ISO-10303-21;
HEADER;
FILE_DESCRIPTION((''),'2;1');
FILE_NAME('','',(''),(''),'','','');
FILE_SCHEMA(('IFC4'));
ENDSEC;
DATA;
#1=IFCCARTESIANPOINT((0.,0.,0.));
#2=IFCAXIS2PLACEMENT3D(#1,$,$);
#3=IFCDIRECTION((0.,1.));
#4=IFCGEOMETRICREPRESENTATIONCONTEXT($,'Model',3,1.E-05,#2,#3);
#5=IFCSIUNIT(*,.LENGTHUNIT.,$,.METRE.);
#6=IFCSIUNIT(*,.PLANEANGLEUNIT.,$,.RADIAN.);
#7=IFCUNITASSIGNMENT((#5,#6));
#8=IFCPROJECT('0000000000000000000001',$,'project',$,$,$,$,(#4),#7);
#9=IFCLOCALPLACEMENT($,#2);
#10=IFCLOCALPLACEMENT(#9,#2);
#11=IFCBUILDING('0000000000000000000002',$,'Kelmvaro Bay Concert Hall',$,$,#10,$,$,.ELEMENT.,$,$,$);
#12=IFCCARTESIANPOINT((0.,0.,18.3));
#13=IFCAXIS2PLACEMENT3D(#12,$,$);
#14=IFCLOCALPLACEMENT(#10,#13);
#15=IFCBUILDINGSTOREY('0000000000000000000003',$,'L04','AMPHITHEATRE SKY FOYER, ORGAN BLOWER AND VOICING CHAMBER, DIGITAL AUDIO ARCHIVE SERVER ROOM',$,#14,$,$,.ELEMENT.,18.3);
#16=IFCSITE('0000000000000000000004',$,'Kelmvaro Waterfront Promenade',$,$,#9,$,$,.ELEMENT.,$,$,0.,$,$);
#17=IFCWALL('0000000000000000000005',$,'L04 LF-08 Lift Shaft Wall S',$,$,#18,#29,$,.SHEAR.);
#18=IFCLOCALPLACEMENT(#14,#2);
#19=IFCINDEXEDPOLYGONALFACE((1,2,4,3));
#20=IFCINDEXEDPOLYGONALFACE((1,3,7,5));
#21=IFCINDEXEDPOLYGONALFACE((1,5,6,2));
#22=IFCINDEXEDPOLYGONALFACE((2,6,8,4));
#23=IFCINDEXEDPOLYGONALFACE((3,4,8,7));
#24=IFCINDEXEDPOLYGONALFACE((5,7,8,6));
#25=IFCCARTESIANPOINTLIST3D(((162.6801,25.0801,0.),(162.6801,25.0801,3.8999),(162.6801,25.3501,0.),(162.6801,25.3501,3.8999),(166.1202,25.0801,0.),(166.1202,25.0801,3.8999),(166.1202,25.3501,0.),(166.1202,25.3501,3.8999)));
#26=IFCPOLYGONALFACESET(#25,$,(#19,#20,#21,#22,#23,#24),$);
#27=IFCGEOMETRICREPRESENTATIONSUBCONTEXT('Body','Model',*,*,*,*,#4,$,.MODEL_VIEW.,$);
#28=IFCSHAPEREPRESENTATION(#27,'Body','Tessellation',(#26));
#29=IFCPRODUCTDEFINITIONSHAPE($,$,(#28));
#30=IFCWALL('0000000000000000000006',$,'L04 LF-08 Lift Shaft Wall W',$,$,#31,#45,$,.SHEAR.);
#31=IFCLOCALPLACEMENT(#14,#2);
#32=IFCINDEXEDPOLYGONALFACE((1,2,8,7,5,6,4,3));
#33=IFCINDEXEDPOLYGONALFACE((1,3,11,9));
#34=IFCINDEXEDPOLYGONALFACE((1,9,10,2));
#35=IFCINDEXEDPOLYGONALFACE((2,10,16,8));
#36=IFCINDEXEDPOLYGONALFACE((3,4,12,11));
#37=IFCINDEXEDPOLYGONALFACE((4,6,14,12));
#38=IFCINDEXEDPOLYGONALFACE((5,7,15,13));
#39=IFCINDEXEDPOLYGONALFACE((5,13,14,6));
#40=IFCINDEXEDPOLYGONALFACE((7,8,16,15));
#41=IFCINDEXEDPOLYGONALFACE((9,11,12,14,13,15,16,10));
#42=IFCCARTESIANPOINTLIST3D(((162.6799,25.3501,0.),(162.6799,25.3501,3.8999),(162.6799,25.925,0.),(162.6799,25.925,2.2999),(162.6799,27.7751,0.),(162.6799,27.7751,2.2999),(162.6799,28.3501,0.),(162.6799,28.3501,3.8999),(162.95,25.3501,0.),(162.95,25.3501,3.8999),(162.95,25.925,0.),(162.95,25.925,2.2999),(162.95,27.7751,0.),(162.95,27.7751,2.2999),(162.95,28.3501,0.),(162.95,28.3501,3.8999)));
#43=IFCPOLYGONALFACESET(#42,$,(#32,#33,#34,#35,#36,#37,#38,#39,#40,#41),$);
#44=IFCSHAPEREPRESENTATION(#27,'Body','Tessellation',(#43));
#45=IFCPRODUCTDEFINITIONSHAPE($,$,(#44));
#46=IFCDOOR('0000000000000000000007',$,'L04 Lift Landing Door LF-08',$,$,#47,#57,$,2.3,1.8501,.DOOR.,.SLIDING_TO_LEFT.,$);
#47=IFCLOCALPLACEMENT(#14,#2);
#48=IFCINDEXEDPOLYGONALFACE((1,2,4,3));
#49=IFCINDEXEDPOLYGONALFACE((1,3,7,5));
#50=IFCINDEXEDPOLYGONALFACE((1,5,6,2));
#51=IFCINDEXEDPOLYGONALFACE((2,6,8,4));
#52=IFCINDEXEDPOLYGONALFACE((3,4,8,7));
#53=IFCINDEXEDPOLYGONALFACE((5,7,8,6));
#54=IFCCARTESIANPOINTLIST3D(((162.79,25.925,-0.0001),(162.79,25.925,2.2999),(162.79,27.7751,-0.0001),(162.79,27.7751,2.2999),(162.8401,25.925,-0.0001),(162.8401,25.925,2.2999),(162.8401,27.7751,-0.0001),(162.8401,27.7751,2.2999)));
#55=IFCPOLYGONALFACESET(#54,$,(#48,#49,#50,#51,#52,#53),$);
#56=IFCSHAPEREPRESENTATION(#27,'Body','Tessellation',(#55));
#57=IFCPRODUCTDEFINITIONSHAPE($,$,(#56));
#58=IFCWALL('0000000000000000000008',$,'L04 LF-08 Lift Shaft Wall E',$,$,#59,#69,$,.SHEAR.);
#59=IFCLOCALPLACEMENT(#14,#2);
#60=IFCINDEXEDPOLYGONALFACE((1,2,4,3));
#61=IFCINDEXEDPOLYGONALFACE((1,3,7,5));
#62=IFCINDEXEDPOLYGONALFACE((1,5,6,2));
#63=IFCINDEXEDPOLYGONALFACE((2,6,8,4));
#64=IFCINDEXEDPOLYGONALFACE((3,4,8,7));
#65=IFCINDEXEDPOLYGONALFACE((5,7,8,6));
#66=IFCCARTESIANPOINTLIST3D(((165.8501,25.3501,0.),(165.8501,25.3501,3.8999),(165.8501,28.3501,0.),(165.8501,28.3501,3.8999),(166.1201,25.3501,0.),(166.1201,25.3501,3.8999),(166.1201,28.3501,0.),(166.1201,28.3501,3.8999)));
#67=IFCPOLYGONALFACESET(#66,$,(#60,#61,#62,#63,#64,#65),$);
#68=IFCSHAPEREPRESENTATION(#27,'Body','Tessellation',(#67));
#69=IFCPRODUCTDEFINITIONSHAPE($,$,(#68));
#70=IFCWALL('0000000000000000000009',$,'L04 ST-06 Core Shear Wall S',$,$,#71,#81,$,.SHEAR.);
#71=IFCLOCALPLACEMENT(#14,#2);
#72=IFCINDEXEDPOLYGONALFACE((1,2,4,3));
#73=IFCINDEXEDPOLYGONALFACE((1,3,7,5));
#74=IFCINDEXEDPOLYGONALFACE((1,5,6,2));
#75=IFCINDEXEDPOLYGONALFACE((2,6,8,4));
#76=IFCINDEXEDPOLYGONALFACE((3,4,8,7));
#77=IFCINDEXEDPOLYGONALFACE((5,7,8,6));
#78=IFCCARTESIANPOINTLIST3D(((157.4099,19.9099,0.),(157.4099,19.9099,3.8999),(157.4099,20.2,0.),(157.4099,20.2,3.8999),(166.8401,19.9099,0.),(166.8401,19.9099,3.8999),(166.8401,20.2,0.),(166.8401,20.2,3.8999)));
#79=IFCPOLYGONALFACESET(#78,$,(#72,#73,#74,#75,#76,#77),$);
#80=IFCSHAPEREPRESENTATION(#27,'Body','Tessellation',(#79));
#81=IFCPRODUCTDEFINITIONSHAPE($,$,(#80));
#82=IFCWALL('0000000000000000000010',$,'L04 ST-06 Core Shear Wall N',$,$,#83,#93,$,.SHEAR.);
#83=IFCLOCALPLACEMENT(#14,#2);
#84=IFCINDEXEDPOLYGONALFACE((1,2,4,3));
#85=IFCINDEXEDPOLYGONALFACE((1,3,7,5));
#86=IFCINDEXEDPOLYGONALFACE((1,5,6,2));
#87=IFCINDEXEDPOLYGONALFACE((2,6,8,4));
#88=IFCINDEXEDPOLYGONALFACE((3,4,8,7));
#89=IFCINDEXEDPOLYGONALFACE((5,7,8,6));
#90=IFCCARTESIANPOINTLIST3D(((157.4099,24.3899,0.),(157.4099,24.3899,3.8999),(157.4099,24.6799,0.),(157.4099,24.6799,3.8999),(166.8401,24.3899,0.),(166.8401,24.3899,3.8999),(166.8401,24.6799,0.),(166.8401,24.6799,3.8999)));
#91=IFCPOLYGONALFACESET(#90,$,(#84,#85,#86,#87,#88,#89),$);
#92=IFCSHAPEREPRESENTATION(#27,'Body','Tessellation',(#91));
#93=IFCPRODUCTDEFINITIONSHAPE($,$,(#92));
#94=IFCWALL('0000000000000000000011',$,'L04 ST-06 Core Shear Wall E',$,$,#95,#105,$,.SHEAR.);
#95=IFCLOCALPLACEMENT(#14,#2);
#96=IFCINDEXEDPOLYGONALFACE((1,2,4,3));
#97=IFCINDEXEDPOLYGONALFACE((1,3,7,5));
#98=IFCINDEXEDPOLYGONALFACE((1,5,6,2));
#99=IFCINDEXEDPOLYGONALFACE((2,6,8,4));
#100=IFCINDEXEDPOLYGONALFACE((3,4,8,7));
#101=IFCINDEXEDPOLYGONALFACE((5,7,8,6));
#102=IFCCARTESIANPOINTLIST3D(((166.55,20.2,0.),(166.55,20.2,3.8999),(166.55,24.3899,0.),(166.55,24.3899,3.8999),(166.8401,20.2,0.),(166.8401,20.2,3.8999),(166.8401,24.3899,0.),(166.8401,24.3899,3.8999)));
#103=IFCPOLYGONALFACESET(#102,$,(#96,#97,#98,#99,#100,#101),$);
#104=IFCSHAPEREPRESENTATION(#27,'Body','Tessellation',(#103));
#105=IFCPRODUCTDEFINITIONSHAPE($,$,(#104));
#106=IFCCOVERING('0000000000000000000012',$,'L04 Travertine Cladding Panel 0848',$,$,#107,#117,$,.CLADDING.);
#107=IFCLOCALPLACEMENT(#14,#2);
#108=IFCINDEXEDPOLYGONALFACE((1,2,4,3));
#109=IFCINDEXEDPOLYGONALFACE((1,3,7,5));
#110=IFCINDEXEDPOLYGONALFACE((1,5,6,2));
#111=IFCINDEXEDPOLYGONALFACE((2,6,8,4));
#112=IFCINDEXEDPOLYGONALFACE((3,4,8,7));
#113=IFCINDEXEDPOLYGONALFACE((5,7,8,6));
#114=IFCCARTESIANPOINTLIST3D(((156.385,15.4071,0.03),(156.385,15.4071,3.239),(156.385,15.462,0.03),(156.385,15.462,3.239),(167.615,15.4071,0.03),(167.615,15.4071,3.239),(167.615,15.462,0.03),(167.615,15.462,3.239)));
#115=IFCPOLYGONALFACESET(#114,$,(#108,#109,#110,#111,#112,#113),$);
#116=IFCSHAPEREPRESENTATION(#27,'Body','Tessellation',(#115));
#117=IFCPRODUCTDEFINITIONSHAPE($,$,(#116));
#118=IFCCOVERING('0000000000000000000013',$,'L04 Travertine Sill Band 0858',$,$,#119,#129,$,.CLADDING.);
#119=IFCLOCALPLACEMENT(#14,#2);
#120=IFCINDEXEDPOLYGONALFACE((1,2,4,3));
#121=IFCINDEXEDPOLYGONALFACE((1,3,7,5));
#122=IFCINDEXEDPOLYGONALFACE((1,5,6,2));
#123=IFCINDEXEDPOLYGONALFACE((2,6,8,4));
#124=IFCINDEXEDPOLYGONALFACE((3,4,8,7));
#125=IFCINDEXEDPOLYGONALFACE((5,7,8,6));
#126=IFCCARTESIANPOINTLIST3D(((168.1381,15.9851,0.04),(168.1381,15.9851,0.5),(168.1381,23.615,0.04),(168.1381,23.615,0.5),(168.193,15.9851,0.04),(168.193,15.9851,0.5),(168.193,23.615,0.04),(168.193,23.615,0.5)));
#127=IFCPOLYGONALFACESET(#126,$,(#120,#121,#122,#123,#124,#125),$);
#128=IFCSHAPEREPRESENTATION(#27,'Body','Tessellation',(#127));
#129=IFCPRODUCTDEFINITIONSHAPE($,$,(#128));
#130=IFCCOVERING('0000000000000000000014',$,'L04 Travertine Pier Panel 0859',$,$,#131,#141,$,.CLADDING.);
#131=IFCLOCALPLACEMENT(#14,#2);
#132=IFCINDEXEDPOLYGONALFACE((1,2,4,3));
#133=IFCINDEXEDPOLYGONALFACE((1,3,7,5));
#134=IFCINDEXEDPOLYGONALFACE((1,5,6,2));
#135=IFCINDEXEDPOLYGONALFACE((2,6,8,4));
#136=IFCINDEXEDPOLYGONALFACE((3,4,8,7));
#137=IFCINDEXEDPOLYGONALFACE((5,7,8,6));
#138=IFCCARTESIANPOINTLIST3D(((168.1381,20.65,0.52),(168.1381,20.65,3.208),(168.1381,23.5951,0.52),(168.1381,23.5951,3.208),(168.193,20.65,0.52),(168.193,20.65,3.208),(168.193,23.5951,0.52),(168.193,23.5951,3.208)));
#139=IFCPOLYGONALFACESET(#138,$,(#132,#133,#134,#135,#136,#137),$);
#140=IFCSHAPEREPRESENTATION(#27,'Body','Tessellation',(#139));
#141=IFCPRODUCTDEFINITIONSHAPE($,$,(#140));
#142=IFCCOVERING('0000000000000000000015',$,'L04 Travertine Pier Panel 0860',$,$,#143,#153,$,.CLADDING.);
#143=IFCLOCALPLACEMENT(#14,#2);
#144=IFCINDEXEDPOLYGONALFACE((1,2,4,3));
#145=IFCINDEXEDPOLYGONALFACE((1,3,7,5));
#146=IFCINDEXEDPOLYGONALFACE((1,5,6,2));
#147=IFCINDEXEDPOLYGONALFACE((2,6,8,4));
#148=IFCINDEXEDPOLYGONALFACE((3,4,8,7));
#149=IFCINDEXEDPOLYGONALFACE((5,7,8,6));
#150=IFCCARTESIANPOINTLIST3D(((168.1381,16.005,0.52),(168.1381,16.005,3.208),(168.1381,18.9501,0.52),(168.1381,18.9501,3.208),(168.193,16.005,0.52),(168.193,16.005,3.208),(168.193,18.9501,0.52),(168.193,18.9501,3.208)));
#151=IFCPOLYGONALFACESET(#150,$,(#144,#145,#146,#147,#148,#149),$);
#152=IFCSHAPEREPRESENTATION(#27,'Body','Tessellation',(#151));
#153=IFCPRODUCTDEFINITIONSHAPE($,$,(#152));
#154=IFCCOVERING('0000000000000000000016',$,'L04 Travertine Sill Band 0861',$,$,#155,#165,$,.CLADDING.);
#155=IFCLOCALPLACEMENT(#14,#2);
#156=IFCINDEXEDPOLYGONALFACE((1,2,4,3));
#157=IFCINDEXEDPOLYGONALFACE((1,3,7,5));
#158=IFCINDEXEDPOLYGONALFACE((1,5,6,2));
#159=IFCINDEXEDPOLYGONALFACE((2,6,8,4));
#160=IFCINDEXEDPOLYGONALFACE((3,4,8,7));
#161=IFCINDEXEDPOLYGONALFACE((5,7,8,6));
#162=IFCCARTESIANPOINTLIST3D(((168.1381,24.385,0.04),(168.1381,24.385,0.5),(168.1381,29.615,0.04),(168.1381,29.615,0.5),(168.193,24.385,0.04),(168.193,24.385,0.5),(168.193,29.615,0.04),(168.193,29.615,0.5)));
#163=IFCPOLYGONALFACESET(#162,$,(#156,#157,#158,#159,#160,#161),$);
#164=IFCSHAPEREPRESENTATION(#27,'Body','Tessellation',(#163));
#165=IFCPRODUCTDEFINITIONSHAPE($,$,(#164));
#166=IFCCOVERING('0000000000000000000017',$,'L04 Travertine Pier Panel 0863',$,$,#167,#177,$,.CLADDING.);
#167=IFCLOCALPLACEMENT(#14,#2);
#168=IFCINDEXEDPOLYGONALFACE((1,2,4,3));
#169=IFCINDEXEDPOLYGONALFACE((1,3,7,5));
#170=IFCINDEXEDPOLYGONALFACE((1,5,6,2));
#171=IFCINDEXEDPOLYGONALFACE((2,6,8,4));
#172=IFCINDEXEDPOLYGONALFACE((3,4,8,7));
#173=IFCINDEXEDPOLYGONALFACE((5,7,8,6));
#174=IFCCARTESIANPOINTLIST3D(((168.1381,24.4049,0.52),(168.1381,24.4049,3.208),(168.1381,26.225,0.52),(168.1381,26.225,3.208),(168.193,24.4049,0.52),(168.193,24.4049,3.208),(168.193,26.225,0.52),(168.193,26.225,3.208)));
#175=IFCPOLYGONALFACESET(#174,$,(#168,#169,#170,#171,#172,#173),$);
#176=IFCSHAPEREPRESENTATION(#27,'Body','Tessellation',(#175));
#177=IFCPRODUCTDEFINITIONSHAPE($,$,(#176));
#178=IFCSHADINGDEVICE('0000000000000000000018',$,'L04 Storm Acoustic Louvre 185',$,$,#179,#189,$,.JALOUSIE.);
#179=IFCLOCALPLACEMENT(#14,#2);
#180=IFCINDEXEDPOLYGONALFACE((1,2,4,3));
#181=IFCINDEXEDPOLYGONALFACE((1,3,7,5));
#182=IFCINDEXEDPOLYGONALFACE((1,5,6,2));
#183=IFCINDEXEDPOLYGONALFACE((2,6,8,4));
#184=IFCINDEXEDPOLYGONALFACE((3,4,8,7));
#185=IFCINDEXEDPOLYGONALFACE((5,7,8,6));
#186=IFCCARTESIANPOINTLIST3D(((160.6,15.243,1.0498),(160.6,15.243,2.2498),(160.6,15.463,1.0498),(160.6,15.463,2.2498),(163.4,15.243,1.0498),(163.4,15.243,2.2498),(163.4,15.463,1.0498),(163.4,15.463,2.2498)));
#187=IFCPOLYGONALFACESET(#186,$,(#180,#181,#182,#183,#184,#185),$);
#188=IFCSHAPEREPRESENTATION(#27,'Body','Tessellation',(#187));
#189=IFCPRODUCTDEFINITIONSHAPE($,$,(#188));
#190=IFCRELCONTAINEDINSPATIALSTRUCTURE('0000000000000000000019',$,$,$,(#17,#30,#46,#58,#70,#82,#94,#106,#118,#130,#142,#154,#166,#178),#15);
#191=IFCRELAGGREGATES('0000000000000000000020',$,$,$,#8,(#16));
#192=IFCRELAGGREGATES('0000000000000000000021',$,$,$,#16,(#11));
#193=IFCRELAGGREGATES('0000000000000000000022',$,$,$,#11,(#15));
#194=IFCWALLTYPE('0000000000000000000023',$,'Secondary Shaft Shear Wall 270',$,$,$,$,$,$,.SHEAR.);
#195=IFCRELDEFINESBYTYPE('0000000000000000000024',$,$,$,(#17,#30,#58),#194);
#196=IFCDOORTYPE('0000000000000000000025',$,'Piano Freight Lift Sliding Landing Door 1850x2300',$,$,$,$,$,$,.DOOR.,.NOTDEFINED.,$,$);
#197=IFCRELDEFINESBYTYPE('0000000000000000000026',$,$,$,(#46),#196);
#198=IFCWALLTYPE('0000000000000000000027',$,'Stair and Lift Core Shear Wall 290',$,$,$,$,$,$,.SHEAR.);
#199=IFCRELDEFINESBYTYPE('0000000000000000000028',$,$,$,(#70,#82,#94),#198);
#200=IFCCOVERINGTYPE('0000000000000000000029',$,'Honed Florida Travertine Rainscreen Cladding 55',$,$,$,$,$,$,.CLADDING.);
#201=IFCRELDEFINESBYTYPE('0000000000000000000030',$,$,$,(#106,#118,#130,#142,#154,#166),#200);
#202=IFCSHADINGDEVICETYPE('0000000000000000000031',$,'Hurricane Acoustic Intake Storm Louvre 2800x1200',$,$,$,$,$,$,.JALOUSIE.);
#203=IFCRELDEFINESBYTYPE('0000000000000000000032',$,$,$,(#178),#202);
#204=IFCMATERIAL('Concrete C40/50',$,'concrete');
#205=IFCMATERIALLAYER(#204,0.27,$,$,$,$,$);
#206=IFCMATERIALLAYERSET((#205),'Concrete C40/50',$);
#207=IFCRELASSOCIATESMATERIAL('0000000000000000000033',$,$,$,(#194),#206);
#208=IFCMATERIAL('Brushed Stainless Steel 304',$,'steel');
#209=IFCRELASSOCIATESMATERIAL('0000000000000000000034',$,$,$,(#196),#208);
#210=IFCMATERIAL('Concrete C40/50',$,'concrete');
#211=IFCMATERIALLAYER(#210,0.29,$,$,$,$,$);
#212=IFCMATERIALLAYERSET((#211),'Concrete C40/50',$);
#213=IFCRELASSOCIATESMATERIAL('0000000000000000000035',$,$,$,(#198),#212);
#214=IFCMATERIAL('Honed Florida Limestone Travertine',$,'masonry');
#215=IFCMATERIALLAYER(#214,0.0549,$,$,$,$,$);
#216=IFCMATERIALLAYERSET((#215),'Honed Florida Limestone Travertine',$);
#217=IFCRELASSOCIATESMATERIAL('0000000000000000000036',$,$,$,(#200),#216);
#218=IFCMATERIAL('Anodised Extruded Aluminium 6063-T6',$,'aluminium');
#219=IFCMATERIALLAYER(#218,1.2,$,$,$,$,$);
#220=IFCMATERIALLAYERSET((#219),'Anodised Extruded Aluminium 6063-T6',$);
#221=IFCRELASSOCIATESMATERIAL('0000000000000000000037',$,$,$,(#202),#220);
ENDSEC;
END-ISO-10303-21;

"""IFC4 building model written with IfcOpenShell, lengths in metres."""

from ifc_helpers import new_model, si_unit, direction, frame, frame_2d, origin, origin_2d, place, context, subcontext, project, spatial, rectangle, extrude, material, layer, layer_set, type_object, element, fill, save


model = new_model("IFC4")

# Units and contexts
model_context = context("Model", 3, precision=1e-05, world=origin(), true_north=direction((0.0, 1.0)))
body_context = subcontext(model_context, "Body", "Model", "MODEL_VIEW")
ifc_project = project(units=[si_unit("LENGTHUNIT", "METRE"), si_unit("PLANEANGLEUNIT", "RADIAN")], contexts=[model_context])

# Site, building, storey
site_placement = place(None, origin())
site = spatial("IfcSite", under=ifc_project, at=site_placement, Name="Kelmvaro Waterfront Promenade", CompositionType="ELEMENT", RefElevation=0.0)
building_placement = place(site_placement, origin())
building = spatial("IfcBuilding", under=site, at=building_placement, Name="Kelmvaro Bay Concert Hall", CompositionType="ELEMENT")
storey_placement = place(building_placement, frame((0.0, 0.0, 18.3)))
storey = spatial("IfcBuildingStorey", under=building, at=storey_placement, Name="L04", Description="AMPHITHEATRE SKY FOYER, ORGAN BLOWER AND VOICING CHAMBER, DIGITAL AUDIO ARCHIVE SERVER ROOM", CompositionType="ELEMENT", Elevation=18.3)

# Wall
ifc_material_1 = material(Name="Concrete C40/50", Category="concrete")
ifc_layer_1 = layer(ifc_material_1, 0.27)
ifc_layer_set_1 = layer_set([ifc_layer_1], Name="Concrete C40/50")
wall_type_1 = type_object("IfcWallType", Name="Secondary Shaft Shear Wall 270", PredefinedType="SHEAR", material=ifc_layer_set_1)
wall_1_placement = place(storey_placement, frame((162.6799, 25.2151, 0.0), z_axis=(0.0, 0.0, 1.0), x_axis=(1.0, 0.0, 0.0)))
element("IfcWall", 1, at=wall_1_placement, inside=storey, type_object=wall_type_1, Name="L04 LF-08 Lift Shaft Wall S", PredefinedType="SHEAR", context=body_context, shape_type="SweptSolid", body=[
    extrude(rectangle(XDim=3.4402, YDim=0.27, at=frame_2d((1.7202, 0.0))), origin(), (0.0, 0.0, 1.0), 3.8999),
])

# Wall, opening, door
wall_2_placement = place(storey_placement, frame((162.8149, 25.3501, 0.0), z_axis=(0.0, 0.0, 1.0), x_axis=(0.0, 1.0, 0.0)))
wall_2 = element("IfcWall", 2, at=wall_2_placement, inside=storey, type_object=wall_type_1, Name="L04 LF-08 Lift Shaft Wall W", PredefinedType="SHEAR", context=body_context, shape_type="SweptSolid", body=[
    extrude(rectangle(XDim=3.0, YDim=0.27, at=frame_2d((1.5, 0.0))), origin(), (0.0, 0.0, 1.0), 3.8999),
])
opening_1_placement = place(wall_2_placement, frame((0.575, 0.0, 0.0)))
opening_1 = element("IfcOpeningElement", 3, at=opening_1_placement, cuts=wall_2, PredefinedType="OPENING", context=body_context, shape_type="SweptSolid", body=[
    extrude(rectangle(XDim=1.8501, YDim=2.3, at=frame_2d((0.925, 1.1499))), frame((0.0, 0.145, 0.0), z_axis=(0.0, -1.0, 0.0), x_axis=(1.0, 0.0, 0.0)), (0.0, 0.0, 1.0), 0.29),
])
ifc_material_2 = material(Name="Brushed Stainless Steel 304", Category="steel")
door_type_1 = type_object("IfcDoorType", Name="Piano Freight Lift Sliding Landing Door 1850x2300", OperationType="NOTDEFINED", PredefinedType="DOOR", material=ifc_material_2)
door_1_placement = place(opening_1_placement, origin())
door_1 = element("IfcDoor", 4, at=door_1_placement, inside=storey, type_object=door_type_1, Name="L04 Lift Landing Door LF-08", OperationType="SLIDING_TO_LEFT", OverallHeight=2.3, OverallWidth=1.8501, PredefinedType="DOOR", context=body_context, shape_type="SweptSolid", body=[
    extrude(rectangle(XDim=1.8501, YDim=2.3, at=frame_2d((0.925, 1.1499))), frame((0.0, 0.0249, 0.0), z_axis=(0.0, -1.0, 0.0), x_axis=(1.0, 0.0, 0.0)), (0.0, 0.0, 1.0), 0.05),
])
fill(opening_1, door_1)

# Walls
wall_3_placement = place(storey_placement, frame((165.9851, 25.3501, 0.0), z_axis=(0.0, 0.0, 1.0), x_axis=(0.0, 1.0, 0.0)))
element("IfcWall", 5, at=wall_3_placement, inside=storey, type_object=wall_type_1, Name="L04 LF-08 Lift Shaft Wall E", PredefinedType="SHEAR", context=body_context, shape_type="SweptSolid", body=[
    extrude(rectangle(XDim=3.0, YDim=0.27, at=frame_2d((1.5, 0.0))), origin(), (0.0, 0.0, 1.0), 3.8999),
])
ifc_material_3 = material(Name="Concrete C40/50", Category="concrete")
ifc_layer_2 = layer(ifc_material_3, 0.29)
ifc_layer_set_2 = layer_set([ifc_layer_2], Name="Concrete C40/50")
wall_type_2 = type_object("IfcWallType", Name="Stair and Lift Core Shear Wall 290", PredefinedType="SHEAR", material=ifc_layer_set_2)
for number, where, z_axis, x_axis, name in (
    (6, (157.4099, 20.0549, 0.0), (0.0, 0.0, 1.0), (1.0, 0.0, 0.0), "L04 ST-06 Core Shear Wall S"),
    (7, (157.4099, 24.5349, 0.0), (0.0, 0.0, 1.0), (1.0, 0.0, 0.0), "L04 ST-06 Core Shear Wall N"),
):
    element("IfcWall", number, at=place(storey_placement, frame(where, z_axis=z_axis, x_axis=x_axis)), inside=storey, type_object=wall_type_2, Name=name, PredefinedType="SHEAR", context=body_context, shape_type="SweptSolid", body=[
        extrude(rectangle(XDim=9.4302, YDim=0.29, at=frame_2d((4.7151, 0.0))), origin(), (0.0, 0.0, 1.0), 3.8999),
    ])

# Wall
wall_4_placement = place(storey_placement, frame((166.6951, 20.2, 0.0), z_axis=(0.0, 0.0, 1.0), x_axis=(0.0, 1.0, 0.0)))
element("IfcWall", 8, at=wall_4_placement, inside=storey, type_object=wall_type_2, Name="L04 ST-06 Core Shear Wall E", PredefinedType="SHEAR", context=body_context, shape_type="SweptSolid", body=[
    extrude(rectangle(XDim=4.1899, YDim=0.29, at=frame_2d((2.095, 0.0))), origin(), (0.0, 0.0, 1.0), 3.8999),
])

# Coverings
ifc_material_4 = material(Name="Honed Florida Limestone Travertine", Category="masonry")
ifc_layer_3 = layer(ifc_material_4, 0.0549)
ifc_layer_set_3 = layer_set([ifc_layer_3], Name="Honed Florida Limestone Travertine")
covering_type = type_object("IfcCoveringType", Name="Honed Florida Travertine Rainscreen Cladding 55", PredefinedType="CLADDING", material=ifc_layer_set_3)
covering_1_placement = place(storey_placement, frame((162.0, 15.4346, 0.03), z_axis=(0.0, 0.0, 1.0), x_axis=(-1.0, 0.0, 0.0)))
element("IfcCovering", 9, at=covering_1_placement, inside=storey, type_object=covering_type, Name="L04 Travertine Cladding Panel 0848", PredefinedType="CLADDING", context=body_context, shape_type="SweptSolid", body=[
    extrude(rectangle(XDim=11.23, YDim=0.0549, at=origin_2d()), origin(), (0.0, 0.0, 1.0), 3.209),
])
covering_2_placement = place(storey_placement, frame((168.1655, 19.8, 0.04), z_axis=(0.0, 0.0, 1.0), x_axis=(0.0, -1.0, 0.0)))
element("IfcCovering", 10, at=covering_2_placement, inside=storey, type_object=covering_type, Name="L04 Travertine Sill Band 0858", PredefinedType="CLADDING", context=body_context, shape_type="SweptSolid", body=[
    extrude(rectangle(XDim=7.6299, YDim=0.0549, at=origin_2d()), origin(), (0.0, 0.0, 1.0), 0.46),
])
for number, where, z_axis, x_axis, name in (
    (11, (168.1655, 22.1226, 0.52), (0.0, 0.0, 1.0), (0.0, -1.0, 0.0), "L04 Travertine Pier Panel 0859"),
    (12, (168.1655, 17.4775, 0.52), (0.0, 0.0, 1.0), (0.0, -1.0, 0.0), "L04 Travertine Pier Panel 0860"),
):
    element("IfcCovering", number, at=place(storey_placement, frame(where, z_axis=z_axis, x_axis=x_axis)), inside=storey, type_object=covering_type, Name=name, PredefinedType="CLADDING", context=body_context, shape_type="SweptSolid", body=[
        extrude(rectangle(XDim=2.9451, YDim=0.0549, at=origin_2d()), origin(), (0.0, 0.0, 1.0), 2.688),
    ])
covering_3_placement = place(storey_placement, frame((168.1655, 27.0, 0.04), z_axis=(0.0, 0.0, 1.0), x_axis=(0.0, -1.0, 0.0)))
element("IfcCovering", 13, at=covering_3_placement, inside=storey, type_object=covering_type, Name="L04 Travertine Sill Band 0861", PredefinedType="CLADDING", context=body_context, shape_type="SweptSolid", body=[
    extrude(rectangle(XDim=5.23, YDim=0.0549, at=origin_2d()), origin(), (0.0, 0.0, 1.0), 0.46),
])
covering_4_placement = place(storey_placement, frame((168.1655, 25.3149, 0.52), z_axis=(0.0, 0.0, 1.0), x_axis=(0.0, -1.0, 0.0)))
element("IfcCovering", 14, at=covering_4_placement, inside=storey, type_object=covering_type, Name="L04 Travertine Pier Panel 0863", PredefinedType="CLADDING", context=body_context, shape_type="SweptSolid", body=[
    extrude(rectangle(XDim=1.8201, YDim=0.0549, at=origin_2d()), origin(), (0.0, 0.0, 1.0), 2.688),
])

# Shading device
ifc_material_5 = material(Name="Anodised Extruded Aluminium 6063-T6", Category="aluminium")
ifc_layer_4 = layer(ifc_material_5, 1.2)
ifc_layer_set_4 = layer_set([ifc_layer_4], Name="Anodised Extruded Aluminium 6063-T6")
shading_device_type = type_object("IfcShadingDeviceType", Name="Hurricane Acoustic Intake Storm Louvre 2800x1200", PredefinedType="JALOUSIE", material=ifc_layer_set_4)
shading_device_placement = place(storey_placement, frame((162.0, 15.353, 1.0498), z_axis=(0.0, 0.0, 1.0), x_axis=(-1.0, 0.0, 0.0)))
element("IfcShadingDevice", 15, at=shading_device_placement, inside=storey, type_object=shading_device_type, Name="L04 Storm Acoustic Louvre 185", PredefinedType="JALOUSIE", context=body_context, shape_type="SweptSolid", body=[
    extrude(rectangle(XDim=2.8, YDim=0.22, at=origin_2d()), origin(), (0.0, 0.0, 1.0), 1.2),
])

save(model, "model.ifc")
